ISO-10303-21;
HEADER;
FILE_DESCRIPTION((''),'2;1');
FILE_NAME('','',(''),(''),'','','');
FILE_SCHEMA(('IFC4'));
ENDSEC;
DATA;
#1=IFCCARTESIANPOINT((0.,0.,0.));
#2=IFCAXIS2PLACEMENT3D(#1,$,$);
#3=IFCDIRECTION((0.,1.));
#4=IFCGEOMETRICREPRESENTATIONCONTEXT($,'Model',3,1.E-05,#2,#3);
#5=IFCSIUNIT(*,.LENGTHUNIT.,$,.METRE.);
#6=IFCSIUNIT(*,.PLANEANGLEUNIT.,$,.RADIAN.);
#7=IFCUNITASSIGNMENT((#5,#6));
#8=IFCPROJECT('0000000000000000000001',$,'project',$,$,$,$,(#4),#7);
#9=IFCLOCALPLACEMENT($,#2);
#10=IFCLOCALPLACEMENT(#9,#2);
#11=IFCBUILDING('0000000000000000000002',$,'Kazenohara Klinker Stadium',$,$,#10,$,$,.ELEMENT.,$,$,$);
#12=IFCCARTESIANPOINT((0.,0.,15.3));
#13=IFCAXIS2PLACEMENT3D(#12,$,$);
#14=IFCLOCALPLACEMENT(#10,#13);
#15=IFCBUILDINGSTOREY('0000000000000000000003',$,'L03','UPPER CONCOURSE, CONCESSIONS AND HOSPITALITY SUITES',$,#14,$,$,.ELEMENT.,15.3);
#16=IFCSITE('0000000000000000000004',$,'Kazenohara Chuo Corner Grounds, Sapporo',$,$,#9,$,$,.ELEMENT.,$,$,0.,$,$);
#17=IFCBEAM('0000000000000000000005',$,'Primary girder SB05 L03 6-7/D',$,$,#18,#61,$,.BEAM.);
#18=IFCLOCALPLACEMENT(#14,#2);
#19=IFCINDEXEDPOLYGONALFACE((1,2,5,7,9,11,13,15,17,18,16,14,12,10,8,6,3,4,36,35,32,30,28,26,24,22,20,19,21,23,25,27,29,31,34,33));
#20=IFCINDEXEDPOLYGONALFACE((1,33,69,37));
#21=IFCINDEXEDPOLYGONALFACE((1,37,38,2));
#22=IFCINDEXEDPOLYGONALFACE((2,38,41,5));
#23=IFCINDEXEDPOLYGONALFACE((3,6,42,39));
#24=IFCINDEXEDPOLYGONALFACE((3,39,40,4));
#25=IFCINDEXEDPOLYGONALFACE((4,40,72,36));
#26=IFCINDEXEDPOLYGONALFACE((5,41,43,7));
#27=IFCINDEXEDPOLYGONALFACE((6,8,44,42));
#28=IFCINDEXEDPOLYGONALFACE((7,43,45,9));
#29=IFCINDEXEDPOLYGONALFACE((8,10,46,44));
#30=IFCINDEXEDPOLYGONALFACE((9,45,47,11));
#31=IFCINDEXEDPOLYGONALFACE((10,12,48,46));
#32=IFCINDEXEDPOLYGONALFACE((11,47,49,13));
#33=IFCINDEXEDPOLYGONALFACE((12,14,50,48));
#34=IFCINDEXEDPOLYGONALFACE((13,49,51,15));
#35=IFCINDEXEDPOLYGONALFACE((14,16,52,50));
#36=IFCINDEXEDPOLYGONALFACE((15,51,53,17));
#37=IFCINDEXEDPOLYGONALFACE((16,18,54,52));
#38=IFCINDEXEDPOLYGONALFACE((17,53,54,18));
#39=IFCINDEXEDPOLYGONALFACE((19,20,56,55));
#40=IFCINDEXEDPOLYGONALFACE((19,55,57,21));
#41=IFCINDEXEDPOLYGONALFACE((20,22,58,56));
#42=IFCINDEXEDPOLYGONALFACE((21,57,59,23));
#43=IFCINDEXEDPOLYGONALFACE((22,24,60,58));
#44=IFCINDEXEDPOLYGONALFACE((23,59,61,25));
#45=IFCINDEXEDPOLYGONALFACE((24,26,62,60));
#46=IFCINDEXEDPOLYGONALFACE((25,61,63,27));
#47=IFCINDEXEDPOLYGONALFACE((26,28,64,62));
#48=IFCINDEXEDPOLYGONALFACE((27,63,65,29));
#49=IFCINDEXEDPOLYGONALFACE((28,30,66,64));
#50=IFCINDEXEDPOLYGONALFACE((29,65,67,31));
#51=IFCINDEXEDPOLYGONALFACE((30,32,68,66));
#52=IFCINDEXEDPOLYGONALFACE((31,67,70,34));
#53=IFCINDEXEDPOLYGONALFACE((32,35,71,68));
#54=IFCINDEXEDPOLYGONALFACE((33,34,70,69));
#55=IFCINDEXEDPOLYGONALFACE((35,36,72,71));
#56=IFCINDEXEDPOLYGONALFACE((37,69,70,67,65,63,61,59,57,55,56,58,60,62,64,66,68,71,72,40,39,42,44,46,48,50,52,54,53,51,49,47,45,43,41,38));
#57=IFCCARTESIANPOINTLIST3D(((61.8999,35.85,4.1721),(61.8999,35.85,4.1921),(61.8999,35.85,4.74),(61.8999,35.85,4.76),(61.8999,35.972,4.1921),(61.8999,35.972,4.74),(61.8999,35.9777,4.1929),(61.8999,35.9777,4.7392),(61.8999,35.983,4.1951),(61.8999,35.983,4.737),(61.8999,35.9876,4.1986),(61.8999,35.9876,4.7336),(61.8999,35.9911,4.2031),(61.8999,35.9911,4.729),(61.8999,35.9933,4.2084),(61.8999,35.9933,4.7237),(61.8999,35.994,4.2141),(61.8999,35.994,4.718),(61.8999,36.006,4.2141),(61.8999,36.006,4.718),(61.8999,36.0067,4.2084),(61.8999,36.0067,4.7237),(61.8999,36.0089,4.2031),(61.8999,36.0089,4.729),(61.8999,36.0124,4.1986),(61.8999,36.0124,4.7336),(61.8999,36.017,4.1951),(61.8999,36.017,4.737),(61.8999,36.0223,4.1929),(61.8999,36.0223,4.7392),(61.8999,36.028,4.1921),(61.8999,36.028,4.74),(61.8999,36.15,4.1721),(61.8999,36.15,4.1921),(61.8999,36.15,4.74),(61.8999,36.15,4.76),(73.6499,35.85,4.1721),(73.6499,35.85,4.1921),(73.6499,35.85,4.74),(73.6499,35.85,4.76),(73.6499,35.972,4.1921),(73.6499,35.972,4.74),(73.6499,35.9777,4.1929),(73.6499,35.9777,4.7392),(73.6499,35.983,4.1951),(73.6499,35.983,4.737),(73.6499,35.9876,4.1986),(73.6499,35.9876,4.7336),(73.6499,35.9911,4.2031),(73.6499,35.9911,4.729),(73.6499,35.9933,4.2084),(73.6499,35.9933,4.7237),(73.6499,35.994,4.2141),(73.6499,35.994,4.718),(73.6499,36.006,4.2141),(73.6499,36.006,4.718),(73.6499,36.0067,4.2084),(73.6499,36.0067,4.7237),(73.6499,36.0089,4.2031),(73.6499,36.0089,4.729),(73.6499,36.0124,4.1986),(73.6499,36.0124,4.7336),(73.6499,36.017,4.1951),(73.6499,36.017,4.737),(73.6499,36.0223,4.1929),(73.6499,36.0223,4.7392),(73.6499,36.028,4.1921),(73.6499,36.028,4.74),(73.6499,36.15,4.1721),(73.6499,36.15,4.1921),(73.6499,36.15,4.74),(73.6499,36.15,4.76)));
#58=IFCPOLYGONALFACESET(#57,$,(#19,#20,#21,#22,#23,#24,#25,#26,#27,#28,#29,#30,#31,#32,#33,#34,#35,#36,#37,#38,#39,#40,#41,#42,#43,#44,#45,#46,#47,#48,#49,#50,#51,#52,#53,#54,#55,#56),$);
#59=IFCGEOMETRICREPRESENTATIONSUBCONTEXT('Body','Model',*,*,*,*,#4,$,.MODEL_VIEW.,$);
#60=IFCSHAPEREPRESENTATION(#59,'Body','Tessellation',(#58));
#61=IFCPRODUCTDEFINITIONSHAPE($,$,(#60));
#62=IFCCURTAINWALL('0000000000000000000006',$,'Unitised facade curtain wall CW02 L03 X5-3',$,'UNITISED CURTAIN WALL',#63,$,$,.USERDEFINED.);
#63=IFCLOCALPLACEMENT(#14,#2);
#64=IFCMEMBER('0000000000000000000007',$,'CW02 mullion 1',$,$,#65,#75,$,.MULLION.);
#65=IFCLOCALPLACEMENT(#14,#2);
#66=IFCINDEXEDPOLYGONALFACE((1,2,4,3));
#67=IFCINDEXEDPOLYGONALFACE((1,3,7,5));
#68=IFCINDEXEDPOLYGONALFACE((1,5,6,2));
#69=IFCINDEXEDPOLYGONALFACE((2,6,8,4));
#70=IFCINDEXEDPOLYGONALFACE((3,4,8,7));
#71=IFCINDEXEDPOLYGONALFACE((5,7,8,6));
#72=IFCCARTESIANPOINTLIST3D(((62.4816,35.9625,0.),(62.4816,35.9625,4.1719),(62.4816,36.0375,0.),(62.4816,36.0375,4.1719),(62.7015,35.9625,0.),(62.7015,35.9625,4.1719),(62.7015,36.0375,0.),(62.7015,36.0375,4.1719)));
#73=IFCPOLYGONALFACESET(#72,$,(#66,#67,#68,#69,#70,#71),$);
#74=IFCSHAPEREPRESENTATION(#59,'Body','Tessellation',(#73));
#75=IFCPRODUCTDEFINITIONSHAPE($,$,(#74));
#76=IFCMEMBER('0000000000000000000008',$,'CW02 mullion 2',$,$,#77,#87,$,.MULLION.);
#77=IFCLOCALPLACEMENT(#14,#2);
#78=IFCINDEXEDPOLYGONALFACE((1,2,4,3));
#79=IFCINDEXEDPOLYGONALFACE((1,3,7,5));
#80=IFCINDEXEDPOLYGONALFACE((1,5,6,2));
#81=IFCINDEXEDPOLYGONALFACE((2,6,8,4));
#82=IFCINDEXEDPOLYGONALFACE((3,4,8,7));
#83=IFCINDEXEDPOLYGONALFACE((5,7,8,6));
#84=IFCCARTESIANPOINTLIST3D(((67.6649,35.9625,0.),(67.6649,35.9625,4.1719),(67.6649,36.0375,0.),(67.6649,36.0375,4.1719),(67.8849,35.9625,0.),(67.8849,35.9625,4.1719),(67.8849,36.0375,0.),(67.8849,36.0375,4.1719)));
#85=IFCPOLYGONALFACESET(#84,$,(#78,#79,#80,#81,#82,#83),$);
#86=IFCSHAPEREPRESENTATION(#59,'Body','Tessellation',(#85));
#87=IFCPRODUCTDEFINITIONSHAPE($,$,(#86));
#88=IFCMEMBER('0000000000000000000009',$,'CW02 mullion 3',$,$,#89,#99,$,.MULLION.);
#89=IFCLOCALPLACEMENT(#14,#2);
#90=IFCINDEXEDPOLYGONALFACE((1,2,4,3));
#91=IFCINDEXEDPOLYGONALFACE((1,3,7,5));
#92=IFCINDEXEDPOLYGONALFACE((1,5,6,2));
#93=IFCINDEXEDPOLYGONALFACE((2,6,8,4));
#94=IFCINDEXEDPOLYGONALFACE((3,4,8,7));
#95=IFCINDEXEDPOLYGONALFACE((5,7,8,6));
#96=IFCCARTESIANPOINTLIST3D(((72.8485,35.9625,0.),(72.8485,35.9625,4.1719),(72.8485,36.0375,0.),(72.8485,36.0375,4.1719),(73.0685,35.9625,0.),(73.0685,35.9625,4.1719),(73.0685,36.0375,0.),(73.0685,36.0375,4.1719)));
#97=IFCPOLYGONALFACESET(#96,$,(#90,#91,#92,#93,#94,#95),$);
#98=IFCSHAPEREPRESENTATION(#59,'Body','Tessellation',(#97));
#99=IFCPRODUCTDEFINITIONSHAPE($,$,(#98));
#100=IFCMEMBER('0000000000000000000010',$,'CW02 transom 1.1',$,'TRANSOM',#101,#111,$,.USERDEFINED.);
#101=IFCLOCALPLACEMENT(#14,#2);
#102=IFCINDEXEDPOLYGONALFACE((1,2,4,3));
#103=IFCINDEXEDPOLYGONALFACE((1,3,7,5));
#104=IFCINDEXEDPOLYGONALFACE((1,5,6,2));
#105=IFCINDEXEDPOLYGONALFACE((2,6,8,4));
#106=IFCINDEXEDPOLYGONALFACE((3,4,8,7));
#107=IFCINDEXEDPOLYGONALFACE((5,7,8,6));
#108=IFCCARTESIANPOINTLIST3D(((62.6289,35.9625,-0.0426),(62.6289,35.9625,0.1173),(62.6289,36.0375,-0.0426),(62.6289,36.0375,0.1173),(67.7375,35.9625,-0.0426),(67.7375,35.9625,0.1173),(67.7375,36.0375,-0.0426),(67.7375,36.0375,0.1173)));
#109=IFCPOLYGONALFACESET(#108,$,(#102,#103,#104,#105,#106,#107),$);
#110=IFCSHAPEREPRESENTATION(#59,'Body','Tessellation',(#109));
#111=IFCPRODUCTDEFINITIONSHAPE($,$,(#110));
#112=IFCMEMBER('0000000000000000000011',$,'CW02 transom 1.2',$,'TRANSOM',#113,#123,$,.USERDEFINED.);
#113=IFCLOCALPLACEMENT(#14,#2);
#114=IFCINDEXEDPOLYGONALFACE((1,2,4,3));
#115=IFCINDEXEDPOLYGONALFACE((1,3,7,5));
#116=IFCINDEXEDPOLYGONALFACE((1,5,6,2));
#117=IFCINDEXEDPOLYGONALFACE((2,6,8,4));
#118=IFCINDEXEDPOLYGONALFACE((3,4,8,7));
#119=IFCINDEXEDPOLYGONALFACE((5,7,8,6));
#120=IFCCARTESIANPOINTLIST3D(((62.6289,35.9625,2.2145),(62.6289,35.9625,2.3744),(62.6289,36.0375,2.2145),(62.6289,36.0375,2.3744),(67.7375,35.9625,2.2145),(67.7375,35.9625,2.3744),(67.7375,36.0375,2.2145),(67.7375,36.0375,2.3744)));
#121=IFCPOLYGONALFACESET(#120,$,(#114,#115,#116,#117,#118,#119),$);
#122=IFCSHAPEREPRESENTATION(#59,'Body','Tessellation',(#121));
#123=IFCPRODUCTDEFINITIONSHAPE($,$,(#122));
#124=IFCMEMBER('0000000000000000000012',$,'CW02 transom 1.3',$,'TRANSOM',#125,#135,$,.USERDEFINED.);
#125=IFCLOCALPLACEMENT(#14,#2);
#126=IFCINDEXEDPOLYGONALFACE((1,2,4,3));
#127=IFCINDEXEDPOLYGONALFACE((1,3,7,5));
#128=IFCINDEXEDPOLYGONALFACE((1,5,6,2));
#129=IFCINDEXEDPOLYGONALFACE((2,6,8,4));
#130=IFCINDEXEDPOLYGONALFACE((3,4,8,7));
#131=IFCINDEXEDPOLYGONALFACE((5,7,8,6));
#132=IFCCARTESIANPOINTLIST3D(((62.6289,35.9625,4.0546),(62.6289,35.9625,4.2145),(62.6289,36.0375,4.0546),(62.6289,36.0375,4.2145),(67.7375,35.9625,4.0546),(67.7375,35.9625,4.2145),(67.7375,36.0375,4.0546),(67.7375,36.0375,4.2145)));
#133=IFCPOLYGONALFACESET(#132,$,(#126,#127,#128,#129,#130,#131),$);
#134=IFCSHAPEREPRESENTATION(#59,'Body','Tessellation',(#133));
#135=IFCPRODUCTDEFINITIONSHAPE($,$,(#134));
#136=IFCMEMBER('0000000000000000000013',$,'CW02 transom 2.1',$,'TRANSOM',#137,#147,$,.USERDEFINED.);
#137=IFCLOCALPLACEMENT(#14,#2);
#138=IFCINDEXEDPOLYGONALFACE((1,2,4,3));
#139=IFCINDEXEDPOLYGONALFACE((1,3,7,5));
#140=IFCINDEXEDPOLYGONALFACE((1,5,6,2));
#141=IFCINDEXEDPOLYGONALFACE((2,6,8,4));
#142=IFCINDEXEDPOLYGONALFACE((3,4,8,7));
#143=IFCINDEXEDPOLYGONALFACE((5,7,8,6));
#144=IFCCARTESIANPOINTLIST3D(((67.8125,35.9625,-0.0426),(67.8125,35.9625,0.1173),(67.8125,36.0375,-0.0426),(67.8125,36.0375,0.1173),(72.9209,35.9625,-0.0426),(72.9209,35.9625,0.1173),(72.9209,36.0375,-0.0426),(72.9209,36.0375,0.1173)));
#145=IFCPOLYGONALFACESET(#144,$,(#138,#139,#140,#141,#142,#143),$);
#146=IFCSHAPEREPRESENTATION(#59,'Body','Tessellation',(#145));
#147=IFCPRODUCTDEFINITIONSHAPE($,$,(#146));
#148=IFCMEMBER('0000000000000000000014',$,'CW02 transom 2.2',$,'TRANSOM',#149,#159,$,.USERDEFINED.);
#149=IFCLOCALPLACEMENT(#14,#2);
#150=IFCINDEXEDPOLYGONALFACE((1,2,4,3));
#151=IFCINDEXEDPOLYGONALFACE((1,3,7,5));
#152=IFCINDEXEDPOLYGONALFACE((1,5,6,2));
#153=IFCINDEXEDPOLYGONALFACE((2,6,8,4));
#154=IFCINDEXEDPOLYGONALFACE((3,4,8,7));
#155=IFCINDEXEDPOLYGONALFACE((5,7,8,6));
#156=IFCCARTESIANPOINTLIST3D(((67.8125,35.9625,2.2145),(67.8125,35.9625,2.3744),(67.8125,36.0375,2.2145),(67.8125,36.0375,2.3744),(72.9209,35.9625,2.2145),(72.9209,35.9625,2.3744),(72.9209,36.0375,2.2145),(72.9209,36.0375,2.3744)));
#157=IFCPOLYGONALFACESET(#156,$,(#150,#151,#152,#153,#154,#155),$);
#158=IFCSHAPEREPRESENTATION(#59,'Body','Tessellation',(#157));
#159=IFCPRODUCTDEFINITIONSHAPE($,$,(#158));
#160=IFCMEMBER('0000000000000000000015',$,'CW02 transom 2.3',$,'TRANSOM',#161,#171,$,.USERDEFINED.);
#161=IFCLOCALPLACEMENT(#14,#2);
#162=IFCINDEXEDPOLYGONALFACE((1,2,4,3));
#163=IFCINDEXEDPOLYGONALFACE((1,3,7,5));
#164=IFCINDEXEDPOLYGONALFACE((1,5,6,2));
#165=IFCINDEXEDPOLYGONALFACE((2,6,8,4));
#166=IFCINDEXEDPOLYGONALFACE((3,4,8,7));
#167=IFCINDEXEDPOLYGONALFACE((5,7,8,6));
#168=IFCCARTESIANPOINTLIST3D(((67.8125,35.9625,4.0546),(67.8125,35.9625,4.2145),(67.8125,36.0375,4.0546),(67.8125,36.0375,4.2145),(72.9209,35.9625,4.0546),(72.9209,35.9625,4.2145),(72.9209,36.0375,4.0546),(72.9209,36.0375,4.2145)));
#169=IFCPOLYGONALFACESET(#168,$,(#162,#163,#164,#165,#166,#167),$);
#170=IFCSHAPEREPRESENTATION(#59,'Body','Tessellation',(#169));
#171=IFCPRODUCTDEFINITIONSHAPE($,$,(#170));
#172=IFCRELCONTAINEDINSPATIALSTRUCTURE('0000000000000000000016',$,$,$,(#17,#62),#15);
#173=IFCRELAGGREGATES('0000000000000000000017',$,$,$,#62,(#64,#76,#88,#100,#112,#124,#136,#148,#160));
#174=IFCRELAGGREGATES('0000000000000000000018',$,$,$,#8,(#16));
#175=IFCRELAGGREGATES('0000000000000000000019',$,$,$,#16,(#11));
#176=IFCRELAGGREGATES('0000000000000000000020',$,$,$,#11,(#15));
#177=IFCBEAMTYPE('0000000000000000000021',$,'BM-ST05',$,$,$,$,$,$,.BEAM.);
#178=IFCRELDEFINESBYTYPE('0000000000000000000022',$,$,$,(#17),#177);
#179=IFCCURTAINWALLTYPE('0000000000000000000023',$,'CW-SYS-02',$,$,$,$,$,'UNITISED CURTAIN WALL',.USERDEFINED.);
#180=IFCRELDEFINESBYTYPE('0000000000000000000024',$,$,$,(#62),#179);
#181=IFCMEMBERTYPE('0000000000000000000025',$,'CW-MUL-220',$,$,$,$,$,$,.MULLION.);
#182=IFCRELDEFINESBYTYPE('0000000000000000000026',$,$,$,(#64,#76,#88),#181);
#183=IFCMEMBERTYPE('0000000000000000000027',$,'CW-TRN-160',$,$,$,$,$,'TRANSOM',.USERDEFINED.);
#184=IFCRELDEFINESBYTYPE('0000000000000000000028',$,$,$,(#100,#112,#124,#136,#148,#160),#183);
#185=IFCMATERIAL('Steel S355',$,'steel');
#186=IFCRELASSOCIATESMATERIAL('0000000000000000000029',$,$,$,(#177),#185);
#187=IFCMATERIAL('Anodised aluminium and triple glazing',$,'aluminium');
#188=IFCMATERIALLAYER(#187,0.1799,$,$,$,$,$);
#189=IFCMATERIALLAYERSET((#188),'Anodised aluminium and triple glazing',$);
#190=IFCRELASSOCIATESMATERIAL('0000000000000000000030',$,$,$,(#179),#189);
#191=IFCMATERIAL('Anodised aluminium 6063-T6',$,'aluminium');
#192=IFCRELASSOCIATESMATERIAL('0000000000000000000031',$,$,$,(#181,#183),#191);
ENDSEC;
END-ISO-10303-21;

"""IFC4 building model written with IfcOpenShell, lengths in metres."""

from ifc_helpers import new_model, si_unit, direction, frame, origin, origin_2d, place, context, subcontext, project, spatial, rectangle, i_section, extrude, material, layer, layer_set, material_profile, profile_set, type_object, element, aggregate, save


model = new_model("IFC4")

# Units and contexts
model_context = context("Model", 3, precision=1e-05, world=origin(), true_north=direction((0.0, 1.0)))
body_context = subcontext(model_context, "Body", "Model", "MODEL_VIEW")
ifc_project = project(units=[si_unit("LENGTHUNIT", "METRE"), si_unit("PLANEANGLEUNIT", "RADIAN")], contexts=[model_context])

# Site, building, storey
site_placement = place(None, origin())
site = spatial("IfcSite", under=ifc_project, at=site_placement, Name="Kazenohara Chuo Corner Grounds, Sapporo", CompositionType="ELEMENT", RefElevation=0.0)
building_placement = place(site_placement, origin())
building = spatial("IfcBuilding", under=site, at=building_placement, Name="Kazenohara Klinker Stadium", CompositionType="ELEMENT")
storey_placement = place(building_placement, frame((0.0, 0.0, 15.3)))
storey = spatial("IfcBuildingStorey", under=building, at=storey_placement, Name="L03", Description="UPPER CONCOURSE, CONCESSIONS AND HOSPITALITY SUITES", CompositionType="ELEMENT", Elevation=15.3)

# Shared definitions
ifc_material_1 = material(Name="Steel S355", Category="steel")

# Beam
ifc_material_profile_1 = material_profile(ifc_material_1, i_section(OverallWidth=0.3, OverallDepth=0.5879, WebThickness=0.012, FlangeThickness=0.02, FilletRadius=0.022, at=origin_2d()), Name="H-588x300x12x20")
ifc_profile_set_1 = profile_set([ifc_material_profile_1], Name="Steel S355")
beam_type_1 = type_object("IfcBeamType", Name="BM-ST05", PredefinedType="BEAM", material=ifc_profile_set_1)
beam_1_placement = place(storey_placement, frame((61.8999, 36.0, 4.4661), z_axis=(1.0, 0.0, 0.0), x_axis=(0.0, 1.0, 0.0)))
element("IfcBeam", 1, at=beam_1_placement, inside=storey, type_object=beam_type_1, Name="Primary girder SB05 L03 6-7/D", PredefinedType="BEAM", context=body_context, shape_type="SweptSolid", body=[
    extrude(i_section(OverallWidth=0.3, OverallDepth=0.5879, WebThickness=0.012, FlangeThickness=0.02, FilletRadius=0.022, at=origin_2d()), origin(), (0.0, 0.0, 1.0), 11.75),
])

# Curtain wall, members
ifc_material_2 = material(Name="Anodised aluminium and triple glazing", Category="aluminium")
ifc_layer_1 = layer(ifc_material_2, 0.1799)
ifc_layer_set_1 = layer_set([ifc_layer_1], Name="Anodised aluminium and triple glazing")
curtain_wall_type = type_object("IfcCurtainWallType", Name="CW-SYS-02", ElementType="UNITISED CURTAIN WALL", PredefinedType="USERDEFINED", material=ifc_layer_set_1)
curtain_wall_placement = place(storey_placement, origin())
curtain_wall = element("IfcCurtainWall", 2, at=curtain_wall_placement, inside=storey, type_object=curtain_wall_type, Name="Unitised facade curtain wall CW02 L03 X5-3", ObjectType="UNITISED CURTAIN WALL", PredefinedType="USERDEFINED")
ifc_material_3 = material(Name="Anodised aluminium 6063-T6", Category="aluminium")
ifc_material_profile_2 = material_profile(ifc_material_3, rectangle(XDim=0.075, YDim=0.22, at=origin_2d()), Name="ALU-MUL-75x220")
ifc_profile_set_2 = profile_set([ifc_material_profile_2], Name="Anodised aluminium 6063-T6")
member_type_1 = type_object("IfcMemberType", Name="CW-MUL-220", PredefinedType="MULLION", material=ifc_profile_set_2)
member_1_placement = place(storey_placement, frame((62.5916, 36.0, 0.0), z_axis=(0.0, 0.0, 1.0), x_axis=(0.0, 1.0, 0.0)))
member_1 = element("IfcMember", 3, at=member_1_placement, type_object=member_type_1, Name="CW02 mullion 1", PredefinedType="MULLION", context=body_context, shape_type="SweptSolid", body=[
    extrude(rectangle(XDim=0.075, YDim=0.22, at=origin_2d()), origin(), (0.0, 0.0, 1.0), 4.1719),
])
member_2_placement = place(storey_placement, frame((67.7749, 36.0, 0.0), z_axis=(0.0, 0.0, 1.0), x_axis=(0.0, 1.0, 0.0)))
member_2 = element("IfcMember", 4, at=member_2_placement, type_object=member_type_1, Name="CW02 mullion 2", PredefinedType="MULLION", context=body_context, shape_type="SweptSolid", body=[
    extrude(rectangle(XDim=0.075, YDim=0.22, at=origin_2d()), origin(), (0.0, 0.0, 1.0), 4.1719),
])
member_3_placement = place(storey_placement, frame((72.9585, 36.0, 0.0), z_axis=(0.0, 0.0, 1.0), x_axis=(0.0, 1.0, 0.0)))
member_3 = element("IfcMember", 5, at=member_3_placement, type_object=member_type_1, Name="CW02 mullion 3", PredefinedType="MULLION", context=body_context, shape_type="SweptSolid", body=[
    extrude(rectangle(XDim=0.075, YDim=0.22, at=origin_2d()), origin(), (0.0, 0.0, 1.0), 4.1719),
])
ifc_material_profile_3 = material_profile(ifc_material_3, rectangle(XDim=0.075, YDim=0.1599, at=origin_2d()), Name="ALU-TRN-75x160")
ifc_profile_set_3 = profile_set([ifc_material_profile_3], Name="Anodised aluminium 6063-T6")
member_type_2 = type_object("IfcMemberType", Name="CW-TRN-160", ElementType="TRANSOM", PredefinedType="USERDEFINED", material=ifc_profile_set_3)
member_4_placement = place(storey_placement, frame((62.6289, 36.0, 0.0374), z_axis=(1.0, 0.0, 0.0), x_axis=(0.0, 1.0, 0.0)))
member_4 = element("IfcMember", 6, at=member_4_placement, type_object=member_type_2, Name="CW02 transom 1.1", ObjectType="TRANSOM", PredefinedType="USERDEFINED", context=body_context, shape_type="SweptSolid", body=[
    extrude(rectangle(XDim=0.075, YDim=0.1599, at=origin_2d()), origin(), (0.0, 0.0, 1.0), 5.1086),
])
member_5_placement = place(storey_placement, frame((62.6289, 36.0, 2.2944), z_axis=(1.0, 0.0, 0.0), x_axis=(0.0, 1.0, 0.0)))
member_5 = element("IfcMember", 7, at=member_5_placement, type_object=member_type_2, Name="CW02 transom 1.2", ObjectType="TRANSOM", PredefinedType="USERDEFINED", context=body_context, shape_type="SweptSolid", body=[
    extrude(rectangle(XDim=0.075, YDim=0.1599, at=origin_2d()), origin(), (0.0, 0.0, 1.0), 5.1086),
])
member_6_placement = place(storey_placement, frame((62.6289, 36.0, 4.1345), z_axis=(1.0, 0.0, 0.0), x_axis=(0.0, 1.0, 0.0)))
member_6 = element("IfcMember", 8, at=member_6_placement, type_object=member_type_2, Name="CW02 transom 1.3", ObjectType="TRANSOM", PredefinedType="USERDEFINED", context=body_context, shape_type="SweptSolid", body=[
    extrude(rectangle(XDim=0.075, YDim=0.1599, at=origin_2d()), origin(), (0.0, 0.0, 1.0), 5.1086),
])
member_7_placement = place(storey_placement, frame((67.8125, 36.0, 0.0374), z_axis=(1.0, 0.0, 0.0), x_axis=(0.0, 1.0, 0.0)))
member_7 = element("IfcMember", 9, at=member_7_placement, type_object=member_type_2, Name="CW02 transom 2.1", ObjectType="TRANSOM", PredefinedType="USERDEFINED", context=body_context, shape_type="SweptSolid", body=[
    extrude(rectangle(XDim=0.075, YDim=0.1599, at=origin_2d()), origin(), (0.0, 0.0, 1.0), 5.1084),
])
member_8_placement = place(storey_placement, frame((67.8125, 36.0, 2.2944), z_axis=(1.0, 0.0, 0.0), x_axis=(0.0, 1.0, 0.0)))
member_8 = element("IfcMember", 10, at=member_8_placement, type_object=member_type_2, Name="CW02 transom 2.2", ObjectType="TRANSOM", PredefinedType="USERDEFINED", context=body_context, shape_type="SweptSolid", body=[
    extrude(rectangle(XDim=0.075, YDim=0.1599, at=origin_2d()), origin(), (0.0, 0.0, 1.0), 5.1084),
])
member_9_placement = place(storey_placement, frame((67.8125, 36.0, 4.1345), z_axis=(1.0, 0.0, 0.0), x_axis=(0.0, 1.0, 0.0)))
member_9 = element("IfcMember", 11, at=member_9_placement, type_object=member_type_2, Name="CW02 transom 2.3", ObjectType="TRANSOM", PredefinedType="USERDEFINED", context=body_context, shape_type="SweptSolid", body=[
    extrude(rectangle(XDim=0.075, YDim=0.1599, at=origin_2d()), origin(), (0.0, 0.0, 1.0), 5.1084),
])

aggregate(curtain_wall, [member_1, member_2, member_3, member_4, member_5, member_6, member_7, member_8, member_9])

save(model, "model.ifc")
